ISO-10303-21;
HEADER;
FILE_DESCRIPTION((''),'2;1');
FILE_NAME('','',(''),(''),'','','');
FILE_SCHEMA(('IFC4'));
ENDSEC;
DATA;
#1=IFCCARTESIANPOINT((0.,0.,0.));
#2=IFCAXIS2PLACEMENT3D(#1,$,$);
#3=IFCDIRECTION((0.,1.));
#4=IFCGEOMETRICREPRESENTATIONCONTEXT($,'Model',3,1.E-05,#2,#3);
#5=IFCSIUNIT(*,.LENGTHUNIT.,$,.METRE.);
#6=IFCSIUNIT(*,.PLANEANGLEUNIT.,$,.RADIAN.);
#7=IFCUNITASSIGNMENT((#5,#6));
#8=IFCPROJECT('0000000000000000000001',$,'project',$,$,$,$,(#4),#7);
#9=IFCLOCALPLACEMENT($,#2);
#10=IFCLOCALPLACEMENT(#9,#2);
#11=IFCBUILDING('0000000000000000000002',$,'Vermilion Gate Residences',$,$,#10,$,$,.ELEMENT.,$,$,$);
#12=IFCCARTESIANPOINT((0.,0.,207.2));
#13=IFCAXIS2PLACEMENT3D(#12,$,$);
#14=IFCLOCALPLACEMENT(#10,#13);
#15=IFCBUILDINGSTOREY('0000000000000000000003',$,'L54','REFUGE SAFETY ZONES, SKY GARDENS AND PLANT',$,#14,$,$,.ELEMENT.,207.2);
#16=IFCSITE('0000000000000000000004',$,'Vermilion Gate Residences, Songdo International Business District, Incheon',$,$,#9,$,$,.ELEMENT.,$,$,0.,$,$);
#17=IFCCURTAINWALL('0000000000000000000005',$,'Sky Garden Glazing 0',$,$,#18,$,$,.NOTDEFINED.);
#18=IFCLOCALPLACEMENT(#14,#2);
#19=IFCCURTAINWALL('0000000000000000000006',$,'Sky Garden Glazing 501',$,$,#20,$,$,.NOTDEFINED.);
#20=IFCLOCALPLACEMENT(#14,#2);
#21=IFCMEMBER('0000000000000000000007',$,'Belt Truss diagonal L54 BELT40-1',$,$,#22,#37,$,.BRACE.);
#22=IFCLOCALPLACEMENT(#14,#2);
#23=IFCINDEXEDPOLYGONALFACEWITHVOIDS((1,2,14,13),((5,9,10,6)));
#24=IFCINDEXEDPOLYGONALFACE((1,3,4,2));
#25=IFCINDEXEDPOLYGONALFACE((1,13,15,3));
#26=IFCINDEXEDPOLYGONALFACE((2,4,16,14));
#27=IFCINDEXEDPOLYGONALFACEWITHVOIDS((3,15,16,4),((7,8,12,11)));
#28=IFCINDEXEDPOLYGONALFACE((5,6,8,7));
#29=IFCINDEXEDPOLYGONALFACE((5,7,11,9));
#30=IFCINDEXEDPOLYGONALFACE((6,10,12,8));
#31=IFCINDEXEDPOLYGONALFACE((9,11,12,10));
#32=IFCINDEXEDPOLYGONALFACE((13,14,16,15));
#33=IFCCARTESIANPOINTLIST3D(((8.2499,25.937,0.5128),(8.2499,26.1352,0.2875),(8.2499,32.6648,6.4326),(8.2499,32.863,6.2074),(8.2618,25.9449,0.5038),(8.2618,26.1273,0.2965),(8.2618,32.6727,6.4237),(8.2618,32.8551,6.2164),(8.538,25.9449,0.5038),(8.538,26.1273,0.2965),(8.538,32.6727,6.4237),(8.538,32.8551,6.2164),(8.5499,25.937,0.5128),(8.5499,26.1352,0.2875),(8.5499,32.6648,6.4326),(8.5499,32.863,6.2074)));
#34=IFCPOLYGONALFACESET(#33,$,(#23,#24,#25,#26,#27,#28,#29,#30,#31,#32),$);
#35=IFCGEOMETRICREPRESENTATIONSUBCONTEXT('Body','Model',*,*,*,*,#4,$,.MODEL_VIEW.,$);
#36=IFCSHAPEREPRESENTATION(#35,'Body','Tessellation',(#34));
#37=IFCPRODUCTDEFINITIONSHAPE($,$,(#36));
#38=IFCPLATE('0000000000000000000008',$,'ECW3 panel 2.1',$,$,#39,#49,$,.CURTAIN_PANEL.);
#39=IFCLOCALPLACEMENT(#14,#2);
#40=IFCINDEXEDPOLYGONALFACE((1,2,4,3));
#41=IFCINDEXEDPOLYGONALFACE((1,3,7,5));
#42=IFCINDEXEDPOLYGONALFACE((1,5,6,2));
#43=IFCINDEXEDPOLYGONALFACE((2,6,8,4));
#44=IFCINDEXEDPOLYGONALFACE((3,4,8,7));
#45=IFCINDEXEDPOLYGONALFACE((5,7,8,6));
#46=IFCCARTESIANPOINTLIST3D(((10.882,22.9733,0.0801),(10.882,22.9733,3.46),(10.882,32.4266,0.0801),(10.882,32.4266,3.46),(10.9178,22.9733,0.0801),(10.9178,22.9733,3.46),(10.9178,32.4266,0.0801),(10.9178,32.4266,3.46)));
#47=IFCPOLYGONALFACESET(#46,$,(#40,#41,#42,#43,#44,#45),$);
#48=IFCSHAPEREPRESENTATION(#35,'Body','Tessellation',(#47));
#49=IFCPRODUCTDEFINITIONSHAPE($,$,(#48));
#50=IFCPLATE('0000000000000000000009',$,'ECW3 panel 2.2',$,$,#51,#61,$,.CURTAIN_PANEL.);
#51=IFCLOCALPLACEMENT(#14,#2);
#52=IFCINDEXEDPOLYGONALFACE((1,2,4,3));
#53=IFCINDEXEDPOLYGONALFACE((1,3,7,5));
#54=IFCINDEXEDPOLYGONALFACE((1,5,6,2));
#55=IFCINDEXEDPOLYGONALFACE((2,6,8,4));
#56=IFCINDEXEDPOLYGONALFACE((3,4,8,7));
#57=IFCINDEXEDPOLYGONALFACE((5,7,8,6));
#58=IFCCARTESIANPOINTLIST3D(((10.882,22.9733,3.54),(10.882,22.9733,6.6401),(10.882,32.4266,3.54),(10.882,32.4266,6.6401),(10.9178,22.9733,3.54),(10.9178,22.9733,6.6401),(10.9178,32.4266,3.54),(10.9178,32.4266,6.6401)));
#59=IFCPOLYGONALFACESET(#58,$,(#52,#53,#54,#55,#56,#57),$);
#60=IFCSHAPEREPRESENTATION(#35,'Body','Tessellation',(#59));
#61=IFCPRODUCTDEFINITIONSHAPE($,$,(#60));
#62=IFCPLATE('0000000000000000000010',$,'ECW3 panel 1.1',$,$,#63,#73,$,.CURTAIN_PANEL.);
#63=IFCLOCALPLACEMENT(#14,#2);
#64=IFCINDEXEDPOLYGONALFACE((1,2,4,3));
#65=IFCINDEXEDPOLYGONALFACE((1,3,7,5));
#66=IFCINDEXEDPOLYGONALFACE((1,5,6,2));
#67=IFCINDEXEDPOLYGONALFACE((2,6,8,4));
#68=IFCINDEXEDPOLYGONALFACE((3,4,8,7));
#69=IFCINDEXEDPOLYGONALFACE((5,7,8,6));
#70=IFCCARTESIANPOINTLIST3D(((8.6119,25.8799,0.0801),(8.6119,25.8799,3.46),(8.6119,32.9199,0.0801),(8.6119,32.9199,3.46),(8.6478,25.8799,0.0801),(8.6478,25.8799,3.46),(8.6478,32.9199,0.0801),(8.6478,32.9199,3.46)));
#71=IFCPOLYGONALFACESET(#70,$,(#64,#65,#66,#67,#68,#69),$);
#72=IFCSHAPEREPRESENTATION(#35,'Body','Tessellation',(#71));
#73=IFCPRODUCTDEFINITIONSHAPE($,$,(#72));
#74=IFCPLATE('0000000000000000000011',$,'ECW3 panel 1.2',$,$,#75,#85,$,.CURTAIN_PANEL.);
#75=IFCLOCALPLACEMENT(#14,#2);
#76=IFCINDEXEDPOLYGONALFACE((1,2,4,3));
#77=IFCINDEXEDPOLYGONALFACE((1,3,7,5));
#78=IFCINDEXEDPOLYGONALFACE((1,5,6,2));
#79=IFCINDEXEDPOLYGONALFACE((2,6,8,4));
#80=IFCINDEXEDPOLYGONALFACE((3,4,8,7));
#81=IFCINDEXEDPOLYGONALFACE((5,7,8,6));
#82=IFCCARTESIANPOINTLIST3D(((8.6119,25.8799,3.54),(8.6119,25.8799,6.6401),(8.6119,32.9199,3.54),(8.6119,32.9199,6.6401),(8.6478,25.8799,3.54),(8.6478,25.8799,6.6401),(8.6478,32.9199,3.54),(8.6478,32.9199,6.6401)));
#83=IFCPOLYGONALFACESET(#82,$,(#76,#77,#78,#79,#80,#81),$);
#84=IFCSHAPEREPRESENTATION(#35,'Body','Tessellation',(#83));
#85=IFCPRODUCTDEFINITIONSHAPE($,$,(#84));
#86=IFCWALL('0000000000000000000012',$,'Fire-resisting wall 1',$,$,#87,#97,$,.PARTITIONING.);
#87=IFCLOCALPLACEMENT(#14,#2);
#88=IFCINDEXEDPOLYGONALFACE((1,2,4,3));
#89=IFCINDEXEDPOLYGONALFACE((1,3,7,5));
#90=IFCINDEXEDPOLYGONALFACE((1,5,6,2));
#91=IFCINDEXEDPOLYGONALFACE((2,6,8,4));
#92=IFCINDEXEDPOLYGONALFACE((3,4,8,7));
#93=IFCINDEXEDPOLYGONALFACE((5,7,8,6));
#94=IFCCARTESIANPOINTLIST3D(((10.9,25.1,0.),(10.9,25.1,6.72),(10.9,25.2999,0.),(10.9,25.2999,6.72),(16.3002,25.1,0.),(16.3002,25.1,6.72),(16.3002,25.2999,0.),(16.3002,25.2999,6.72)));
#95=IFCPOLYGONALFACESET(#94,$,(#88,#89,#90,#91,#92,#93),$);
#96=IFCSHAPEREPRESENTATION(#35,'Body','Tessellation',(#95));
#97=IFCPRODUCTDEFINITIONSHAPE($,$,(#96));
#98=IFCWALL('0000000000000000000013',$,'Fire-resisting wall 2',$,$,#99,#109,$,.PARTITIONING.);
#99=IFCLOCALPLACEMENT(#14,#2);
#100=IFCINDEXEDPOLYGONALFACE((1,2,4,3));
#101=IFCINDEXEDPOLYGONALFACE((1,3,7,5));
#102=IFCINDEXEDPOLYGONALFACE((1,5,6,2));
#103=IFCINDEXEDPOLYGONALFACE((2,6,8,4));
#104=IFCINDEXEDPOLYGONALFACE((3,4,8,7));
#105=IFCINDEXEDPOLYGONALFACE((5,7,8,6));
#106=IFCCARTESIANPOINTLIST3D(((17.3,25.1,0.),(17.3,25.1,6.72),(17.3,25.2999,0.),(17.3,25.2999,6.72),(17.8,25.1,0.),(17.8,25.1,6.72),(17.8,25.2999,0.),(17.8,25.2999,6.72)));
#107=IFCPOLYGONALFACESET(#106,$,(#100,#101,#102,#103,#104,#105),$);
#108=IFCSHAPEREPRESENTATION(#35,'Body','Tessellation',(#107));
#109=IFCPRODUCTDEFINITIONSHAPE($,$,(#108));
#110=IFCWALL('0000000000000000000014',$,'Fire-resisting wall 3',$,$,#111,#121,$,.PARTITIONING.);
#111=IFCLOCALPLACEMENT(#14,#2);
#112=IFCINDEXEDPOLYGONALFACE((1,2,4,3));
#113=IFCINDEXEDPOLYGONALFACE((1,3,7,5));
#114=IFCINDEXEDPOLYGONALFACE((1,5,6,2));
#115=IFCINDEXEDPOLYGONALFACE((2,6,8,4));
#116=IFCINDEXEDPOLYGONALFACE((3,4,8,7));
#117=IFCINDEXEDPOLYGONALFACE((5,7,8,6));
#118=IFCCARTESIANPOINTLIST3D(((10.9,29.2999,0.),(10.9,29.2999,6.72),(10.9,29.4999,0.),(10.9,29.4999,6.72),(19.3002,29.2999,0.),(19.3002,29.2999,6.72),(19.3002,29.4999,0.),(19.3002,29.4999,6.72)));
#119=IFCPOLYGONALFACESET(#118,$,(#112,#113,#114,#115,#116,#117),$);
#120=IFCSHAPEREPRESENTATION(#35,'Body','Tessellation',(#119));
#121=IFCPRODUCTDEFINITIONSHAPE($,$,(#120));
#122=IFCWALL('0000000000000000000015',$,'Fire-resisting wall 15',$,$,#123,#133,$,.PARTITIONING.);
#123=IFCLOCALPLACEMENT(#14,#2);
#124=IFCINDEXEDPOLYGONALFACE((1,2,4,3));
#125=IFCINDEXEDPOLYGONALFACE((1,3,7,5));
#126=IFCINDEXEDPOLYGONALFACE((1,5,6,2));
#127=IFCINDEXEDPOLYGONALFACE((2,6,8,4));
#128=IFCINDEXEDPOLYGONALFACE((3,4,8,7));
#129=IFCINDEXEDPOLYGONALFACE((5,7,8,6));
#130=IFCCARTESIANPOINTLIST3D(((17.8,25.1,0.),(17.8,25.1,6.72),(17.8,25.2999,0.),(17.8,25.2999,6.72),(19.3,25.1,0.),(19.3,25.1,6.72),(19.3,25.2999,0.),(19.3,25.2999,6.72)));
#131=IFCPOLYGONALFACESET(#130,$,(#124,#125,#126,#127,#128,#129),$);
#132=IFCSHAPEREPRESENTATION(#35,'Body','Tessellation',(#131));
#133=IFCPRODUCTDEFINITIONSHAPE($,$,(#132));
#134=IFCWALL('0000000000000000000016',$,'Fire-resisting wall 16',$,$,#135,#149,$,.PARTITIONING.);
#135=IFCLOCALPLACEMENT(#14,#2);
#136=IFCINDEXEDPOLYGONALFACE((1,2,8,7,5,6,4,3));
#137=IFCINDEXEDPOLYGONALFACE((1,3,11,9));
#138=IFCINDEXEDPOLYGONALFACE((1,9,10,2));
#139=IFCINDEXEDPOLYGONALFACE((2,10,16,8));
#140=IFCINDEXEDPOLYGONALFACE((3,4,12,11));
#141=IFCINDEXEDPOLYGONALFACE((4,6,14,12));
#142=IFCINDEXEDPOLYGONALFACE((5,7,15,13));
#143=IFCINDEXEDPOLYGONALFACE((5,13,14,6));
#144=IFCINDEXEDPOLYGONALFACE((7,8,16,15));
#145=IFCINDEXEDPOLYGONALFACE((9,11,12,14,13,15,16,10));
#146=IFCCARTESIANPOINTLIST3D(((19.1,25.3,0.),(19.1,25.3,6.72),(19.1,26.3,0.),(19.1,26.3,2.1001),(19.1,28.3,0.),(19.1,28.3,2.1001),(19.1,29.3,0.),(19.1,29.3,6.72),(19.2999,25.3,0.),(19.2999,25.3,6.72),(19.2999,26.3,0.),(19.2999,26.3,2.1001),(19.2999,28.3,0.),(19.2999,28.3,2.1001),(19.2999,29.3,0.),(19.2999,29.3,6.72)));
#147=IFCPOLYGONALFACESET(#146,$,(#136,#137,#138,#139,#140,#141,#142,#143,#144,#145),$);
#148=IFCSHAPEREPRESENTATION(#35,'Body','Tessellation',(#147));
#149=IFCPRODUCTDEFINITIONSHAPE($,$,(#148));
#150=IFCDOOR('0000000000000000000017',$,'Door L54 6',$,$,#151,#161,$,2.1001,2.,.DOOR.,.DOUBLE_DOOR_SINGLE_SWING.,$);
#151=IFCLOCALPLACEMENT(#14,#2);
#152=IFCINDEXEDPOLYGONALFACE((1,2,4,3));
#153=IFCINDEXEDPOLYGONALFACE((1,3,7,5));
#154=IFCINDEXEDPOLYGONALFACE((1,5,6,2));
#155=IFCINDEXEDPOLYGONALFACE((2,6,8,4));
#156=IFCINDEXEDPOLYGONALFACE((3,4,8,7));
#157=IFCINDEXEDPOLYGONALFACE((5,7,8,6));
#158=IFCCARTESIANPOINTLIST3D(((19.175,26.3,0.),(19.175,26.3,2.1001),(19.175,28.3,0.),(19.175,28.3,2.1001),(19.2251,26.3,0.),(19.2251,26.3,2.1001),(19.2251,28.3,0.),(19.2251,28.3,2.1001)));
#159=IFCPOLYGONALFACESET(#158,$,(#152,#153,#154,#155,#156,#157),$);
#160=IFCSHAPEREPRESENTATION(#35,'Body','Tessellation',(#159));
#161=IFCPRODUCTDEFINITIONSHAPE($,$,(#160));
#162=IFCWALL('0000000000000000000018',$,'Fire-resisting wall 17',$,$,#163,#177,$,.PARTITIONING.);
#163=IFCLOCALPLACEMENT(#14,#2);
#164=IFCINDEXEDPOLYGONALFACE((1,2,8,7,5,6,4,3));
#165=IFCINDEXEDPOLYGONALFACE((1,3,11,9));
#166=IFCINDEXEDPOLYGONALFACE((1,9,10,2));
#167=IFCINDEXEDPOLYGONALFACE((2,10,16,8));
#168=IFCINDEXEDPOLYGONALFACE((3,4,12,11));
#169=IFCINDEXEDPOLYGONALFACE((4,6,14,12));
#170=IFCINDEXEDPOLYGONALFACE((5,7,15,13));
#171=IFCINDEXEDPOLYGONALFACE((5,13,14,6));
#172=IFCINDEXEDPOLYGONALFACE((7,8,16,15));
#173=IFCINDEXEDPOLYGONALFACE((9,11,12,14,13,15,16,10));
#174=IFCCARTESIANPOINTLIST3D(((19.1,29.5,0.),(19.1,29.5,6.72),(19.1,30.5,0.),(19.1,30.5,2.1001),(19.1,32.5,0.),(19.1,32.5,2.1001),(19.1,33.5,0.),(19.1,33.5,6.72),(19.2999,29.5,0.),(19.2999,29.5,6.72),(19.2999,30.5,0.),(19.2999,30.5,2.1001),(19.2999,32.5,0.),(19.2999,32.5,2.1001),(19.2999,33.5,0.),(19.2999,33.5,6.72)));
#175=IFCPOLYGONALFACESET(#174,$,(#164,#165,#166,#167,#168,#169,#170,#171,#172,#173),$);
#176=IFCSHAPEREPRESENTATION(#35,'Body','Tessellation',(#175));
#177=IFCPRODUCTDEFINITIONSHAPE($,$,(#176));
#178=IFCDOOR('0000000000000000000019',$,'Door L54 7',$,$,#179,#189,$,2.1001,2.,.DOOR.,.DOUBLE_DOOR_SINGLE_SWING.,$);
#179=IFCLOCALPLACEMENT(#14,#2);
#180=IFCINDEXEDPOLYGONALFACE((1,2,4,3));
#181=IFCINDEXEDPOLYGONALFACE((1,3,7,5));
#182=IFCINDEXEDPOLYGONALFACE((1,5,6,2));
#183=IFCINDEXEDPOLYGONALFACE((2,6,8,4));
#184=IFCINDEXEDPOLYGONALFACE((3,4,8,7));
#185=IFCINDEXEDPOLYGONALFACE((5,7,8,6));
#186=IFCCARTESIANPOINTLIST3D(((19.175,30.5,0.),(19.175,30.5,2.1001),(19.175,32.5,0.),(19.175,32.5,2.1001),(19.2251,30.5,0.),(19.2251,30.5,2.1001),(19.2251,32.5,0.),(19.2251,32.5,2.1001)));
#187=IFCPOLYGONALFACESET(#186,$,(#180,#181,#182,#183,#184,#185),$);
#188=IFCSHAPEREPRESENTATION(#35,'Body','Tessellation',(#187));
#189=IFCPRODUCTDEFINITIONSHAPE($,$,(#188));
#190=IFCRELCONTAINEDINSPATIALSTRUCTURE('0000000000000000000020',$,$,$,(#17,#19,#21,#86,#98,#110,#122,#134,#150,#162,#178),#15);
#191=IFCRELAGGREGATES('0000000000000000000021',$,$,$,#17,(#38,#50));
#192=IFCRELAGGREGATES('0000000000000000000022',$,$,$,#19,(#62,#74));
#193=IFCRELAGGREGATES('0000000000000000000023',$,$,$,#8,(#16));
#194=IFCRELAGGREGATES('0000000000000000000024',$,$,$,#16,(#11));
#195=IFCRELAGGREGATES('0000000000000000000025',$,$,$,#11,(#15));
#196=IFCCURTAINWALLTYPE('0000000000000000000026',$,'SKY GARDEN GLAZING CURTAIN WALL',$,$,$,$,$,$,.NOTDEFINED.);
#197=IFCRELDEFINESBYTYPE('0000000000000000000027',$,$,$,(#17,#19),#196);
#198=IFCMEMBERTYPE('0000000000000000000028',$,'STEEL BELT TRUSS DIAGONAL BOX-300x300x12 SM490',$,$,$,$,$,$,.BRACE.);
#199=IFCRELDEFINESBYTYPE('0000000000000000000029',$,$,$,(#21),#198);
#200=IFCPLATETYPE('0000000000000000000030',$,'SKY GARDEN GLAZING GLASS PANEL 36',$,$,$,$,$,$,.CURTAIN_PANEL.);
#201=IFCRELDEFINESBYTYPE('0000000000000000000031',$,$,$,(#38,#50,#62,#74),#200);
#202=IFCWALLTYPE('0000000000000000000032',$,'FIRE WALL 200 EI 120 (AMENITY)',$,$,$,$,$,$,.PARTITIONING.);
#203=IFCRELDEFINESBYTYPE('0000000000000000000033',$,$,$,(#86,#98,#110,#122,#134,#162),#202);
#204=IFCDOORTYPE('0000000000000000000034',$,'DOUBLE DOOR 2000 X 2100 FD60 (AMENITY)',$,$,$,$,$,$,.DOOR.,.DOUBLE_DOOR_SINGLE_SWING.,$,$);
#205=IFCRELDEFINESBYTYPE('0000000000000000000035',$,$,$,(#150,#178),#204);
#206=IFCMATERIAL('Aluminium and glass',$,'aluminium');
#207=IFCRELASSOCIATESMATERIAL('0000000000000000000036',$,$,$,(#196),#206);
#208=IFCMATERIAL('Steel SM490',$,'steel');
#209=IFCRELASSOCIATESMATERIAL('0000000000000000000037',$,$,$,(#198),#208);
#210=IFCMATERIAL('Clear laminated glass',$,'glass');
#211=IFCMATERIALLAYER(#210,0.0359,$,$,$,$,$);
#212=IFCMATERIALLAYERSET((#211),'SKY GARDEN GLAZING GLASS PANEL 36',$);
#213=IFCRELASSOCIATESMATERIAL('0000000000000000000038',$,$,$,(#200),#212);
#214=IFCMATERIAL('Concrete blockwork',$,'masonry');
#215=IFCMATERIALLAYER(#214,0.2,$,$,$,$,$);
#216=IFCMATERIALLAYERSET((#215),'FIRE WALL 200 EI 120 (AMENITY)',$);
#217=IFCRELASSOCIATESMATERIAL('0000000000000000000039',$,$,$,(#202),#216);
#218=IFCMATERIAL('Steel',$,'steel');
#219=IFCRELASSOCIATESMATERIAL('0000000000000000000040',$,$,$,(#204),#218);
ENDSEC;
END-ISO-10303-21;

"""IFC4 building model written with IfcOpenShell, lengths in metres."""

from ifc_helpers import new_model, si_unit, direction, frame, frame_2d, origin, origin_2d, place, context, subcontext, project, spatial, rectangle, hollow_rectangle, extrude, material, layer, layer_set, material_profile, profile_set, type_object, element, fill, aggregate, save


model = new_model("IFC4")

# Units and contexts
model_context = context("Model", 3, precision=1e-05, world=origin(), true_north=direction((0.0, 1.0)))
body_context = subcontext(model_context, "Body", "Model", "MODEL_VIEW")
ifc_project = project(units=[si_unit("LENGTHUNIT", "METRE"), si_unit("PLANEANGLEUNIT", "RADIAN")], contexts=[model_context])

# Site, building, storey
site_placement = place(None, origin())
site = spatial("IfcSite", under=ifc_project, at=site_placement, Name="Vermilion Gate Residences, Songdo International Business District, Incheon", CompositionType="ELEMENT", RefElevation=0.0)
building_placement = place(site_placement, origin())
building = spatial("IfcBuilding", under=site, at=building_placement, Name="Vermilion Gate Residences", CompositionType="ELEMENT")
storey_placement = place(building_placement, frame((0.0, 0.0, 207.2)))
storey = spatial("IfcBuildingStorey", under=building, at=storey_placement, Name="L54", Description="REFUGE SAFETY ZONES, SKY GARDENS AND PLANT", CompositionType="ELEMENT", Elevation=207.2)

# Curtain walls
ifc_material_1 = material(Name="Aluminium and glass", Category="aluminium")
curtain_wall_type = type_object("IfcCurtainWallType", Name="SKY GARDEN GLAZING CURTAIN WALL", PredefinedType="NOTDEFINED", material=ifc_material_1)
curtain_wall_1_placement = place(storey_placement, origin())
curtain_wall_1 = element("IfcCurtainWall", 1, at=curtain_wall_1_placement, inside=storey, type_object=curtain_wall_type, Name="Sky Garden Glazing 0", PredefinedType="NOTDEFINED")
curtain_wall_2_placement = place(storey_placement, origin())
curtain_wall_2 = element("IfcCurtainWall", 2, at=curtain_wall_2_placement, inside=storey, type_object=curtain_wall_type, Name="Sky Garden Glazing 501", PredefinedType="NOTDEFINED")

# Member
ifc_material_2 = material(Name="Steel SM490", Category="steel")
ifc_material_profile_1 = material_profile(ifc_material_2, hollow_rectangle(XDim=0.3, YDim=0.3, WallThickness=0.012, at=origin_2d()), Name="BOX-300x300x12")
ifc_profile_set_1 = profile_set([ifc_material_profile_1], Name="Steel SM490")
member_type_1 = type_object("IfcMemberType", Name="STEEL BELT TRUSS DIAGONAL BOX-300x300x12 SM490", PredefinedType="BRACE", material=ifc_profile_set_1)
member_1_placement = place(storey_placement, frame((8.3999, 26.0361, 0.4001), z_axis=(0.0, 0.750743, 0.660595), x_axis=(-1.0, 0.0, 0.0)))
element("IfcMember", 3, at=member_1_placement, inside=storey, type_object=member_type_1, Name="Belt Truss diagonal L54 BELT40-1", PredefinedType="BRACE", context=body_context, shape_type="SweptSolid", body=[
    extrude(hollow_rectangle(XDim=0.3, YDim=0.3, WallThickness=0.012, at=origin_2d()), origin(), (0.0, 0.0, 1.0), 8.9614),
])

# Plates
ifc_material_3 = material(Name="Clear laminated glass", Category="glass")
ifc_layer_1 = layer(ifc_material_3, 0.0359)
ifc_layer_set_1 = layer_set([ifc_layer_1], Name="SKY GARDEN GLAZING GLASS PANEL 36")
plate_type = type_object("IfcPlateType", Name="SKY GARDEN GLAZING GLASS PANEL 36", PredefinedType="CURTAIN_PANEL", material=ifc_layer_set_1)
plate_1_placement = place(storey_placement, frame((10.8999, 27.7, 0.0801), z_axis=(0.0, 0.0, 1.0), x_axis=(0.0, -1.0, 0.0)))
plate_1 = element("IfcPlate", 4, at=plate_1_placement, type_object=plate_type, Name="ECW3 panel 2.1", PredefinedType="CURTAIN_PANEL", context=body_context, shape_type="SweptSolid", body=[
    extrude(rectangle(XDim=9.4534, YDim=0.0359, at=origin_2d()), origin(), (0.0, 0.0, 1.0), 3.3799),
])
plate_2_placement = place(storey_placement, frame((10.8999, 27.7, 3.54), z_axis=(0.0, 0.0, 1.0), x_axis=(0.0, -1.0, 0.0)))
plate_2 = element("IfcPlate", 5, at=plate_2_placement, type_object=plate_type, Name="ECW3 panel 2.2", PredefinedType="CURTAIN_PANEL", context=body_context, shape_type="SweptSolid", body=[
    extrude(rectangle(XDim=9.4534, YDim=0.0359, at=origin_2d()), origin(), (0.0, 0.0, 1.0), 3.1001),
])
aggregate(curtain_wall_1, [plate_1, plate_2])
plate_3_placement = place(storey_placement, frame((8.6299, 29.3999, 0.0801), z_axis=(0.0, 0.0, 1.0), x_axis=(0.0, -1.0, 0.0)))
plate_3 = element("IfcPlate", 6, at=plate_3_placement, type_object=plate_type, Name="ECW3 panel 1.1", PredefinedType="CURTAIN_PANEL", context=body_context, shape_type="SweptSolid", body=[
    extrude(rectangle(XDim=7.04, YDim=0.0359, at=origin_2d()), origin(), (0.0, 0.0, 1.0), 3.3799),
])
plate_4_placement = place(storey_placement, frame((8.6299, 29.3999, 3.54), z_axis=(0.0, 0.0, 1.0), x_axis=(0.0, -1.0, 0.0)))
plate_4 = element("IfcPlate", 7, at=plate_4_placement, type_object=plate_type, Name="ECW3 panel 1.2", PredefinedType="CURTAIN_PANEL", context=body_context, shape_type="SweptSolid", body=[
    extrude(rectangle(XDim=7.04, YDim=0.0359, at=origin_2d()), origin(), (0.0, 0.0, 1.0), 3.1001),
])
aggregate(curtain_wall_2, [plate_3, plate_4])

# Walls
ifc_material_4 = material(Name="Concrete blockwork", Category="masonry")
ifc_layer_2 = layer(ifc_material_4, 0.2)
ifc_layer_set_2 = layer_set([ifc_layer_2], Name="FIRE WALL 200 EI 120 (AMENITY)")
wall_type = type_object("IfcWallType", Name="FIRE WALL 200 EI 120 (AMENITY)", PredefinedType="PARTITIONING", material=ifc_layer_set_2)
wall_1_placement = place(storey_placement, frame((10.8999, 25.2, 0.0), z_axis=(0.0, 0.0, 1.0), x_axis=(1.0, 0.0, 0.0)))
element("IfcWall", 8, at=wall_1_placement, inside=storey, type_object=wall_type, Name="Fire-resisting wall 1", PredefinedType="PARTITIONING", context=body_context, shape_type="SweptSolid", body=[
    extrude(rectangle(XDim=5.4001, YDim=0.2, at=frame_2d((2.7002, 0.0))), origin(), (0.0, 0.0, 1.0), 6.72),
])
wall_2_placement = place(storey_placement, frame((17.3, 25.2, 0.0), z_axis=(0.0, 0.0, 1.0), x_axis=(1.0, 0.0, 0.0)))
element("IfcWall", 9, at=wall_2_placement, inside=storey, type_object=wall_type, Name="Fire-resisting wall 2", PredefinedType="PARTITIONING", context=body_context, shape_type="SweptSolid", body=[
    extrude(rectangle(XDim=0.5, YDim=0.2, at=frame_2d((0.25, 0.0))), origin(), (0.0, 0.0, 1.0), 6.72),
])
wall_3_placement = place(storey_placement, frame((10.8999, 29.3999, 0.0), z_axis=(0.0, 0.0, 1.0), x_axis=(1.0, 0.0, 0.0)))
element("IfcWall", 10, at=wall_3_placement, inside=storey, type_object=wall_type, Name="Fire-resisting wall 3", PredefinedType="PARTITIONING", context=body_context, shape_type="SweptSolid", body=[
    extrude(rectangle(XDim=8.4001, YDim=0.2, at=frame_2d((4.2002, 0.0))), origin(), (0.0, 0.0, 1.0), 6.72),
])
wall_4_placement = place(storey_placement, frame((17.8, 25.2, 0.0), z_axis=(0.0, 0.0, 1.0), x_axis=(1.0, 0.0, 0.0)))
element("IfcWall", 11, at=wall_4_placement, inside=storey, type_object=wall_type, Name="Fire-resisting wall 15", PredefinedType="PARTITIONING", context=body_context, shape_type="SweptSolid", body=[
    extrude(rectangle(XDim=1.5, YDim=0.2, at=frame_2d((0.75, 0.0))), origin(), (0.0, 0.0, 1.0), 6.72),
])

# Walls, openings, doors
wall_5_placement = place(storey_placement, frame((19.2, 25.3, 0.0), z_axis=(0.0, 0.0, 1.0), x_axis=(0.0, 1.0, 0.0)))
wall_5 = element("IfcWall", 12, at=wall_5_placement, inside=storey, type_object=wall_type, Name="Fire-resisting wall 16", PredefinedType="PARTITIONING", context=body_context, shape_type="SweptSolid", body=[
    extrude(rectangle(XDim=4.0, YDim=0.2, at=frame_2d((2.0, 0.0))), origin(), (0.0, 0.0, 1.0), 6.72),
])
opening_1_placement = place(wall_5_placement, frame((1.0, 0.0, 0.0)))
opening_1 = element("IfcOpeningElement", 13, at=opening_1_placement, cuts=wall_5, PredefinedType="OPENING", context=body_context, shape_type="SweptSolid", body=[
    extrude(rectangle(XDim=2.0, YDim=2.1001, at=frame_2d((1.0, 1.05))), frame((0.0, 0.1099, 0.0), z_axis=(0.0, -1.0, 0.0), x_axis=(1.0, 0.0, 0.0)), (0.0, 0.0, 1.0), 0.22),
])
ifc_material_5 = material(Name="Steel", Category="steel")
door_type = type_object("IfcDoorType", Name="DOUBLE DOOR 2000 X 2100 FD60 (AMENITY)", OperationType="DOUBLE_DOOR_SINGLE_SWING", PredefinedType="DOOR", material=ifc_material_5)
door_1_placement = place(opening_1_placement, origin())
door_1 = element("IfcDoor", 14, at=door_1_placement, inside=storey, type_object=door_type, Name="Door L54 6", OperationType="DOUBLE_DOOR_SINGLE_SWING", OverallHeight=2.1001, OverallWidth=2.0, PredefinedType="DOOR", context=body_context, shape_type="SweptSolid", body=[
    extrude(rectangle(XDim=2.0, YDim=2.1001, at=frame_2d((1.0, 1.05))), frame((0.0, 0.0249, 0.0), z_axis=(0.0, -1.0, 0.0), x_axis=(1.0, 0.0, 0.0)), (0.0, 0.0, 1.0), 0.05),
])
fill(opening_1, door_1)
wall_6_placement = place(storey_placement, frame((19.2, 29.5, 0.0), z_axis=(0.0, 0.0, 1.0), x_axis=(0.0, 1.0, 0.0)))
wall_6 = element("IfcWall", 15, at=wall_6_placement, inside=storey, type_object=wall_type, Name="Fire-resisting wall 17", PredefinedType="PARTITIONING", context=body_context, shape_type="SweptSolid", body=[
    extrude(rectangle(XDim=4.0, YDim=0.2, at=frame_2d((2.0, 0.0))), origin(), (0.0, 0.0, 1.0), 6.72),
])
opening_2_placement = place(wall_6_placement, frame((1.0, 0.0, 0.0)))
opening_2 = element("IfcOpeningElement", 16, at=opening_2_placement, cuts=wall_6, PredefinedType="OPENING", context=body_context, shape_type="SweptSolid", body=[
    extrude(rectangle(XDim=2.0, YDim=2.1001, at=frame_2d((1.0, 1.05))), frame((0.0, 0.1099, 0.0), z_axis=(0.0, -1.0, 0.0), x_axis=(1.0, 0.0, 0.0)), (0.0, 0.0, 1.0), 0.22),
])
door_2_placement = place(opening_2_placement, origin())
door_2 = element("IfcDoor", 17, at=door_2_placement, inside=storey, type_object=door_type, Name="Door L54 7", OperationType="DOUBLE_DOOR_SINGLE_SWING", OverallHeight=2.1001, OverallWidth=2.0, PredefinedType="DOOR", context=body_context, shape_type="SweptSolid", body=[
    extrude(rectangle(XDim=2.0, YDim=2.1001, at=frame_2d((1.0, 1.05))), frame((0.0, 0.0249, 0.0), z_axis=(0.0, -1.0, 0.0), x_axis=(1.0, 0.0, 0.0)), (0.0, 0.0, 1.0), 0.05),
])
fill(opening_2, door_2)

save(model, "model.ifc")
